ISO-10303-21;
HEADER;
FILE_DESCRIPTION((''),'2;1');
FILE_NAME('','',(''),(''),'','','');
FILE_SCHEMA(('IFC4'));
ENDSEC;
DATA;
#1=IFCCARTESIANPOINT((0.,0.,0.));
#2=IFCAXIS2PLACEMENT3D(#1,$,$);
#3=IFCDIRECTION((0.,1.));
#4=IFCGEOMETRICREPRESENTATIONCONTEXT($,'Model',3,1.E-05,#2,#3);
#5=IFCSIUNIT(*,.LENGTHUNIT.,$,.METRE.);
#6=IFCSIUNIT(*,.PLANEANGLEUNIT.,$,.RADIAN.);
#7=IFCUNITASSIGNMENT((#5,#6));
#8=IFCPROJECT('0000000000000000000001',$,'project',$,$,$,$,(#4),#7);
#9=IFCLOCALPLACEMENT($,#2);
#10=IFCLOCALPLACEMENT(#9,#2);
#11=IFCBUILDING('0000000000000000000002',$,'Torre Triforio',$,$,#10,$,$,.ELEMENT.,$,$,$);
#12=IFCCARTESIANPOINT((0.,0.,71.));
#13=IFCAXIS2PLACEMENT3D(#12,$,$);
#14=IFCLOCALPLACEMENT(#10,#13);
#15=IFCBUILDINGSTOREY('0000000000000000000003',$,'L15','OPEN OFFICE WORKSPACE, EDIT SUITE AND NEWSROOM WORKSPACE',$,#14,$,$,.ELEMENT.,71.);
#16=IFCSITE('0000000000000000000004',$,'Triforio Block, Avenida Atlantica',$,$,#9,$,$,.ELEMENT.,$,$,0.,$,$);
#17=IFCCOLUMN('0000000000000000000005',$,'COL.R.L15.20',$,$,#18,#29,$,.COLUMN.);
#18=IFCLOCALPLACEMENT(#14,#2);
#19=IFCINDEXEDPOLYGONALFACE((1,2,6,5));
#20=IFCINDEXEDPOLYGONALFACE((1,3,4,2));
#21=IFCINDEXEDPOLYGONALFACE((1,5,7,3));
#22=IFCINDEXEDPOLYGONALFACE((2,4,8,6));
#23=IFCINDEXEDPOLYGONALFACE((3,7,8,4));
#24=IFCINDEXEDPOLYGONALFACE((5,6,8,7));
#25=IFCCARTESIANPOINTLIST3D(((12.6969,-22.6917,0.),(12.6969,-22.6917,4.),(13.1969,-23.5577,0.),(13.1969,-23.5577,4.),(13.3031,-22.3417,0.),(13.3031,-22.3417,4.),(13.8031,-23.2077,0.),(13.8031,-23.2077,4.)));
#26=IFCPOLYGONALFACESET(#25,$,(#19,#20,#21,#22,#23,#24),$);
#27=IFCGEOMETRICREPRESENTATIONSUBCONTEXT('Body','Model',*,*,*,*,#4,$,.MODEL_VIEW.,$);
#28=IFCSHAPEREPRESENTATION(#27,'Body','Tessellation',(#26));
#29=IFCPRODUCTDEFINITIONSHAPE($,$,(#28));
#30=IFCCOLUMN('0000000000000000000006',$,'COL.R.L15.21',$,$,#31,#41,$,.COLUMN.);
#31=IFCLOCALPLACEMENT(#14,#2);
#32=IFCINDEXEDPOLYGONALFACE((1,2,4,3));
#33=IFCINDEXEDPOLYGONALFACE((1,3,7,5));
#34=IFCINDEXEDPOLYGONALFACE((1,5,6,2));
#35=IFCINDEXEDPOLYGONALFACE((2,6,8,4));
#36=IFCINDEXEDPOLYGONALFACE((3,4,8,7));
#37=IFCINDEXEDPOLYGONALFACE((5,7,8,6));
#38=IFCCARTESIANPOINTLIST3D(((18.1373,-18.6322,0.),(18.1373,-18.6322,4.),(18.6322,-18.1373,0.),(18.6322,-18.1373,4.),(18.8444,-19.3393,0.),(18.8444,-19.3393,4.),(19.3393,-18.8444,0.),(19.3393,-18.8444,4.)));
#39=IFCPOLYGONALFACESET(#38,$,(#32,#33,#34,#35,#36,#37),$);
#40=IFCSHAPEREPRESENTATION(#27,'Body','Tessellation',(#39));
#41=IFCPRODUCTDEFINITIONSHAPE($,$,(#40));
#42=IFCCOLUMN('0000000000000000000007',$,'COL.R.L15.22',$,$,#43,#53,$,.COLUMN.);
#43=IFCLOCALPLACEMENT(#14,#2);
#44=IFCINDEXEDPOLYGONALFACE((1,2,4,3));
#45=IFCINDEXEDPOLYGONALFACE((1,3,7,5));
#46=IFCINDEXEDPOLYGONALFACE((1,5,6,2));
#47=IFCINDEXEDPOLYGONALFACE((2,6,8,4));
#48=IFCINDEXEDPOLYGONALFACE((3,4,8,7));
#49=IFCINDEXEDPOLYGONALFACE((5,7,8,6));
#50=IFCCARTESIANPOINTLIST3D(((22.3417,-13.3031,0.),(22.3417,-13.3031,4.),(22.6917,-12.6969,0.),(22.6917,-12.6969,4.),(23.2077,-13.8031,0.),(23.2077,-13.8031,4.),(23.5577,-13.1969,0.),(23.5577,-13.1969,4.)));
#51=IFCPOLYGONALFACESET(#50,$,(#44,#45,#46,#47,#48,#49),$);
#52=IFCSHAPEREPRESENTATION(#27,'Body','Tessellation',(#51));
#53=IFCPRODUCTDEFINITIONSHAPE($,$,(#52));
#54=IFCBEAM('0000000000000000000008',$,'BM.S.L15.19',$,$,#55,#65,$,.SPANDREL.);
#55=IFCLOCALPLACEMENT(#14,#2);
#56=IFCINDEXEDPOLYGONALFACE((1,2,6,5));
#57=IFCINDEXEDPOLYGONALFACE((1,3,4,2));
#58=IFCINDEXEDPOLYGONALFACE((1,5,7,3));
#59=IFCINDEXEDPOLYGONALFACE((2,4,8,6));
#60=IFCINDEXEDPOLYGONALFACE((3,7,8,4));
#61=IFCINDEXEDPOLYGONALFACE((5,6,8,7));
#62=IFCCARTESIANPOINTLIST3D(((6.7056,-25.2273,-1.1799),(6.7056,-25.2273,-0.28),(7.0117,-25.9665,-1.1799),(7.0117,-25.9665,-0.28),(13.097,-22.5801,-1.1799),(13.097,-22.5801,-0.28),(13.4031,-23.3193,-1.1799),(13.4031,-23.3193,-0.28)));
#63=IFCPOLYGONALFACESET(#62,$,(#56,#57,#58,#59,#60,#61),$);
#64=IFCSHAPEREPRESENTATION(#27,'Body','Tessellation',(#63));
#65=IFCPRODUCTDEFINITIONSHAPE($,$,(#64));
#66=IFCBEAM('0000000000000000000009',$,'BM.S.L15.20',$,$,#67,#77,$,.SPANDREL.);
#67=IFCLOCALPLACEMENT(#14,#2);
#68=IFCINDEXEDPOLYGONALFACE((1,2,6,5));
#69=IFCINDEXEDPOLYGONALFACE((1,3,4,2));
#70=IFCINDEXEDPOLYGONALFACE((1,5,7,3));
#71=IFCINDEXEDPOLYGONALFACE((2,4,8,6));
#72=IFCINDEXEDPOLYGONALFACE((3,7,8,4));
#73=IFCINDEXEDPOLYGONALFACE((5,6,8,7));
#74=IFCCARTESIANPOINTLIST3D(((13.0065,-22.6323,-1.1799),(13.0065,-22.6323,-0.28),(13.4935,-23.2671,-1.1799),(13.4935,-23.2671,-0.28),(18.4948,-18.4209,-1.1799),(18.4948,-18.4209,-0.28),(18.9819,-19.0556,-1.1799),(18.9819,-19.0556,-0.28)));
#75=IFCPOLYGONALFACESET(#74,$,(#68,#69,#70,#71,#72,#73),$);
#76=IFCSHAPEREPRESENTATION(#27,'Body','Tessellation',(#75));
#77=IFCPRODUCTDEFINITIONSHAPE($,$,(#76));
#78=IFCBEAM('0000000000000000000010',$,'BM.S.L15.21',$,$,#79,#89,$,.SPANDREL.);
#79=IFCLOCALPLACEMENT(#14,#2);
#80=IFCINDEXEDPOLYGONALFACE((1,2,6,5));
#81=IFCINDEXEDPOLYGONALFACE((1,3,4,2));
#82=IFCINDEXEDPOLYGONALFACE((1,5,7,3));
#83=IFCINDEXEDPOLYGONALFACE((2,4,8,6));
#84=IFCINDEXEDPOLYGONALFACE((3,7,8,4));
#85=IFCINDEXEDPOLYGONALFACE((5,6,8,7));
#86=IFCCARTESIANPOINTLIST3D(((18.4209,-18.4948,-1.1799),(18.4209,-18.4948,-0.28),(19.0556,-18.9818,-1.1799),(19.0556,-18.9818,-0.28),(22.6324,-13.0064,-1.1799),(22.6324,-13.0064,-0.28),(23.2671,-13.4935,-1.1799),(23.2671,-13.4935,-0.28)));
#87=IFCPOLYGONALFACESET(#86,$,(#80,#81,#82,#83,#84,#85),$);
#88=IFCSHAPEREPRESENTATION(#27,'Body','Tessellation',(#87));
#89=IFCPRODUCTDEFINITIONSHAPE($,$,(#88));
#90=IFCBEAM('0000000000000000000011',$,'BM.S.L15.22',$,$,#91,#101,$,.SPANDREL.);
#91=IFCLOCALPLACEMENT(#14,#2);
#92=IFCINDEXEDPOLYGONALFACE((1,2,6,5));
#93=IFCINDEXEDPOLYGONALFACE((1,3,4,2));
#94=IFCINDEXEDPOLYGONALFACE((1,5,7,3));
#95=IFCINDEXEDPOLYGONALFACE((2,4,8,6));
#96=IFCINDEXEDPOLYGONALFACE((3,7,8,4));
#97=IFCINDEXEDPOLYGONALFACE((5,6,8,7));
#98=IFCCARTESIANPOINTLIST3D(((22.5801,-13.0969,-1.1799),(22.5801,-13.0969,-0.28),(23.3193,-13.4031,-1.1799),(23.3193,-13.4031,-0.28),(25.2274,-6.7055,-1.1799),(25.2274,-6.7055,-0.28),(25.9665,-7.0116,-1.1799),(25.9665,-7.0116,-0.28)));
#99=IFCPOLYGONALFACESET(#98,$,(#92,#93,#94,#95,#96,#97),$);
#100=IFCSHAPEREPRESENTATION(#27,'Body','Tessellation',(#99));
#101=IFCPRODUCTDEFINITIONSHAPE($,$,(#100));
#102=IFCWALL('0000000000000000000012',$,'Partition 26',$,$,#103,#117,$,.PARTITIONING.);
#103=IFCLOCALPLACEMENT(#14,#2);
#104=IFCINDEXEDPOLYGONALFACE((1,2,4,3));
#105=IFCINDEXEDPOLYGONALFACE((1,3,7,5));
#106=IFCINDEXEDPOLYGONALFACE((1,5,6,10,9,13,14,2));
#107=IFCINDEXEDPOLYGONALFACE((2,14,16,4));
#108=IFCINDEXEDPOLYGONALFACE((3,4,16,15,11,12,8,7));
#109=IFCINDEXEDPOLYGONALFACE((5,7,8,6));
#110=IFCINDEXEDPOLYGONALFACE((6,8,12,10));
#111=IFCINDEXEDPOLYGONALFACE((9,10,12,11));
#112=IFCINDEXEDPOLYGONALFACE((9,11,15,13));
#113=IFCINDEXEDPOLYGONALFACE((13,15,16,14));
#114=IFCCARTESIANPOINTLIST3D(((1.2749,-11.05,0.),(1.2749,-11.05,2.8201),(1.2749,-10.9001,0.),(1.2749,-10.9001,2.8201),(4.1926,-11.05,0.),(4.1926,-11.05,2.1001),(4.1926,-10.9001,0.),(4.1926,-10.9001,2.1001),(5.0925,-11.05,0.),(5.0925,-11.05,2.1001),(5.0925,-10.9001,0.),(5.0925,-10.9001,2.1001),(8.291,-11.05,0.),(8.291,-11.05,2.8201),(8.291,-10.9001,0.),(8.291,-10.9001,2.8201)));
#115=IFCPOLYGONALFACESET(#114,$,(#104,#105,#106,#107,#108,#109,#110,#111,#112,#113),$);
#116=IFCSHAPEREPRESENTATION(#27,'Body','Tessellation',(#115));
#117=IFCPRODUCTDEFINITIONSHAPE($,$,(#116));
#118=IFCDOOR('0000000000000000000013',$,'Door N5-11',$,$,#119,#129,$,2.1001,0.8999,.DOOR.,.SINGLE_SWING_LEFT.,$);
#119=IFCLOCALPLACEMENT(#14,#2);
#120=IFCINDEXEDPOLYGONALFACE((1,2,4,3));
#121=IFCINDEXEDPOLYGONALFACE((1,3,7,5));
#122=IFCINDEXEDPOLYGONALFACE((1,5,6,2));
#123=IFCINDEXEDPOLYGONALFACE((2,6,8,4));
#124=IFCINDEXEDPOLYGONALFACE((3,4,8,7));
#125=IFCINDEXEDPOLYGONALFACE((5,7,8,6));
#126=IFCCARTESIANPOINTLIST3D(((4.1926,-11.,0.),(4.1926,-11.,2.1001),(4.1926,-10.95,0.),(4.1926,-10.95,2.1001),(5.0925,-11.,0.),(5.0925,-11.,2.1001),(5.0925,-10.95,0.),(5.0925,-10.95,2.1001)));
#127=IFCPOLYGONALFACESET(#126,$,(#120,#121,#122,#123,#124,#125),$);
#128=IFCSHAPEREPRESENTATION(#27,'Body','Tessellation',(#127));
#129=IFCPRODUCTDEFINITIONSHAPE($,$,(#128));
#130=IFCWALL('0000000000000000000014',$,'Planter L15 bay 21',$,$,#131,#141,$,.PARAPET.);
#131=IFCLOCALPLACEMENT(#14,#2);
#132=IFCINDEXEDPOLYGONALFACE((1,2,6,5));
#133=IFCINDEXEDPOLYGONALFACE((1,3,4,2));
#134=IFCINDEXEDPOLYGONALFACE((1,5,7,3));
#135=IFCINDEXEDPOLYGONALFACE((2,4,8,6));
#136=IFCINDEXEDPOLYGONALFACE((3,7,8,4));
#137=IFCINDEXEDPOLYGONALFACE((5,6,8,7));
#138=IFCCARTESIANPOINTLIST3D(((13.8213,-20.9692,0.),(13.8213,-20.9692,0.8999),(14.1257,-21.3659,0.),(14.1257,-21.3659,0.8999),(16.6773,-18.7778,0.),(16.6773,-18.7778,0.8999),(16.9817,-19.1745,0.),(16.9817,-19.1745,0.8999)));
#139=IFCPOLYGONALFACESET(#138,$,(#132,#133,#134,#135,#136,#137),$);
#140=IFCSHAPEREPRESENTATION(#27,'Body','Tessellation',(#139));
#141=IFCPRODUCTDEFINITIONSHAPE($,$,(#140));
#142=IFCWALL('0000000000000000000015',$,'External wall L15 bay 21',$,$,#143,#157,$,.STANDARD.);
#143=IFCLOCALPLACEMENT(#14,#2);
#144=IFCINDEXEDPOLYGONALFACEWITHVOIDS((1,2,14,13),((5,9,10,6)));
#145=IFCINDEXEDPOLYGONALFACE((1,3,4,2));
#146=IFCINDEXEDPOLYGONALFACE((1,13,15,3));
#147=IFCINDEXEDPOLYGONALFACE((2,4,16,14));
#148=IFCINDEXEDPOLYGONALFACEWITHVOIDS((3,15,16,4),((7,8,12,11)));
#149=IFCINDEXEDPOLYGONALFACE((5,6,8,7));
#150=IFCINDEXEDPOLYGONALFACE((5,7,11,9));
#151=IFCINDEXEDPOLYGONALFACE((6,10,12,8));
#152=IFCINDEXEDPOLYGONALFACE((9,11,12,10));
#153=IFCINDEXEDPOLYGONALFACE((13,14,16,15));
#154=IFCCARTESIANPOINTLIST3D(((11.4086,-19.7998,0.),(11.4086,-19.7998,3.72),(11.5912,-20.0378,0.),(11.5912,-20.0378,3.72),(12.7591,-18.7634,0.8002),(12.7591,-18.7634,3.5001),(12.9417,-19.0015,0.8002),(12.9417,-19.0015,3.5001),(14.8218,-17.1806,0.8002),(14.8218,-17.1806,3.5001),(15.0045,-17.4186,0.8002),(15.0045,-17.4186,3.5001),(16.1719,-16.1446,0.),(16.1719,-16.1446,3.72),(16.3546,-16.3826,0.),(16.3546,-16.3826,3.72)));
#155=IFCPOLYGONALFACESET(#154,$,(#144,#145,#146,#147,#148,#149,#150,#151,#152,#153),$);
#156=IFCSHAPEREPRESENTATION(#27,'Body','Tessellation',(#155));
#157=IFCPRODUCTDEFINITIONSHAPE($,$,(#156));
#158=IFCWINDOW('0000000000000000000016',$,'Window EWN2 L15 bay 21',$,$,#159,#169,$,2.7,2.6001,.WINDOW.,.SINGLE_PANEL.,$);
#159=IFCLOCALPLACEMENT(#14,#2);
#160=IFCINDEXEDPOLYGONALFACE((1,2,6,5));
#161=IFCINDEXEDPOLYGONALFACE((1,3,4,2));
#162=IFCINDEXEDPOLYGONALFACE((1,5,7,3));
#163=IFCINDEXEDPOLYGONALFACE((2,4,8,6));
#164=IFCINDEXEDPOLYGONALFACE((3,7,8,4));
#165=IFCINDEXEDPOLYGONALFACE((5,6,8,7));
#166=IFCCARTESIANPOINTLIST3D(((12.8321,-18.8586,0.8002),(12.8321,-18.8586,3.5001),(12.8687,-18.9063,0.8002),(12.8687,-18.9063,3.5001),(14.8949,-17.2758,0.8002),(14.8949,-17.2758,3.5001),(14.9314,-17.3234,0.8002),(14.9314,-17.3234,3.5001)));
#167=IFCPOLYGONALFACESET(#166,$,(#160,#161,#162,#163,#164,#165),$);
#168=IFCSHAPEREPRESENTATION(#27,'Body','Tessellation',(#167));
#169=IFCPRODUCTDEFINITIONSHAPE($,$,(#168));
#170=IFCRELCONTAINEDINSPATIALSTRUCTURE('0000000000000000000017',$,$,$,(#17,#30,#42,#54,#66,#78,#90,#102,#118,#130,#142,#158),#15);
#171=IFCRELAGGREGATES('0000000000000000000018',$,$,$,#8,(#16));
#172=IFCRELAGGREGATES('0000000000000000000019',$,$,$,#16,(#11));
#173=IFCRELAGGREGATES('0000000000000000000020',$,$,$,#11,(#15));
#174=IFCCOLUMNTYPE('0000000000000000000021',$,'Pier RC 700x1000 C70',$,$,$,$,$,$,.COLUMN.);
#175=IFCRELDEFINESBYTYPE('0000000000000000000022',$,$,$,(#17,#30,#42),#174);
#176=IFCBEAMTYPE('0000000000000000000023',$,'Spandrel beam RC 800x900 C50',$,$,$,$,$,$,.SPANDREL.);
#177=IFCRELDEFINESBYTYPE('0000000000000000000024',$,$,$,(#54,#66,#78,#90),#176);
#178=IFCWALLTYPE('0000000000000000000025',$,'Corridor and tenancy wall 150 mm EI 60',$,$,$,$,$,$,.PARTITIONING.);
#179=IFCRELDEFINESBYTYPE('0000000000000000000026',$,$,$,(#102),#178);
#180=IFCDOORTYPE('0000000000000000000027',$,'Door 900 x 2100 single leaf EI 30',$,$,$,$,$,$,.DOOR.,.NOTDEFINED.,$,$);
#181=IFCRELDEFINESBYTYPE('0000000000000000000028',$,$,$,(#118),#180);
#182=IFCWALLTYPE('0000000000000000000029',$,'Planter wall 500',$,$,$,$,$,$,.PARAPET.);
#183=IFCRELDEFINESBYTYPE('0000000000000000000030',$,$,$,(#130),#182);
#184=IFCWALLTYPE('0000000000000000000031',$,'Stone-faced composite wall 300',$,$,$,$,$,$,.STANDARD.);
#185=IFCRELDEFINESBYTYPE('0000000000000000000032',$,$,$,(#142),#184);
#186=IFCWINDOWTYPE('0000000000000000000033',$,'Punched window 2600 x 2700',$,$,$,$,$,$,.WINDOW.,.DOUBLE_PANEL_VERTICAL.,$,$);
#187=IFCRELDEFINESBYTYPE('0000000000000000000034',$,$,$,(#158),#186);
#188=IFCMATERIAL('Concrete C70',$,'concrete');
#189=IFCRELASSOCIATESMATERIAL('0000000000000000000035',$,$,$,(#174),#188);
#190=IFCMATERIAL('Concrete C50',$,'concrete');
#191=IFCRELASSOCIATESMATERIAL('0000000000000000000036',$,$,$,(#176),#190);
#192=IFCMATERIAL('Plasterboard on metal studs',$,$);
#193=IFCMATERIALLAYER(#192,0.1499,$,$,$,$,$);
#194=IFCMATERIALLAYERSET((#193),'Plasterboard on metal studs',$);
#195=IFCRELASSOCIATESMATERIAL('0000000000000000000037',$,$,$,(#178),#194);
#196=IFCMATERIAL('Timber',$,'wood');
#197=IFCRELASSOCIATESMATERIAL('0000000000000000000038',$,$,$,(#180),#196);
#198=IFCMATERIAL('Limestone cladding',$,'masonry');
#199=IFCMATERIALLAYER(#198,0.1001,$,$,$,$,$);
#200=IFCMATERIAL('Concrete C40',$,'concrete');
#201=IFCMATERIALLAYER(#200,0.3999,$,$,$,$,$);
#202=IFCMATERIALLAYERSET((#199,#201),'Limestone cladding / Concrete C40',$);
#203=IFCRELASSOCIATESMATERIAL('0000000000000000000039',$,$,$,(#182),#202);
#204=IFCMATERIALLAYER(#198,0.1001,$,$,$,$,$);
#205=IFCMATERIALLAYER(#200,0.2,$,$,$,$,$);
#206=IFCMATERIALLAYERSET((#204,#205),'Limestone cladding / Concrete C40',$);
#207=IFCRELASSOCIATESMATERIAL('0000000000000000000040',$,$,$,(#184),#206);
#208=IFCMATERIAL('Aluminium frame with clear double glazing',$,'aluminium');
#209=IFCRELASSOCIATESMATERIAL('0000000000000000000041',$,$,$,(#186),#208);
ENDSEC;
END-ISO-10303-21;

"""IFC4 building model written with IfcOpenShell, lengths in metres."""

from ifc_helpers import new_model, si_unit, direction, frame, frame_2d, origin, origin_2d, place, context, subcontext, project, spatial, rectangle, extrude, material, layer, layer_set, material_profile, profile_set, type_object, element, fill, save


model = new_model("IFC4")

# Units and contexts
model_context = context("Model", 3, precision=1e-05, world=origin(), true_north=direction((0.0, 1.0)))
body_context = subcontext(model_context, "Body", "Model", "MODEL_VIEW")
ifc_project = project(units=[si_unit("LENGTHUNIT", "METRE"), si_unit("PLANEANGLEUNIT", "RADIAN")], contexts=[model_context])

# Site, building, storey
site_placement = place(None, origin())
site = spatial("IfcSite", under=ifc_project, at=site_placement, Name="Triforio Block, Avenida Atlantica", CompositionType="ELEMENT", RefElevation=0.0)
building_placement = place(site_placement, origin())
building = spatial("IfcBuilding", under=site, at=building_placement, Name="Torre Triforio", CompositionType="ELEMENT")
storey_placement = place(building_placement, frame((0.0, 0.0, 71.0)))
storey = spatial("IfcBuildingStorey", under=building, at=storey_placement, Name="L15", Description="OPEN OFFICE WORKSPACE, EDIT SUITE AND NEWSROOM WORKSPACE", CompositionType="ELEMENT", Elevation=71.0)

# Columns
ifc_material_1 = material(Name="Concrete C70", Category="concrete")
ifc_material_profile_1 = material_profile(ifc_material_1, rectangle(XDim=0.7, YDim=1.0, at=origin_2d()), Name="RC 700x1000")
ifc_profile_set_1 = profile_set([ifc_material_profile_1], Name="Concrete C70")
column_type = type_object("IfcColumnType", Name="Pier RC 700x1000 C70", PredefinedType="COLUMN", material=ifc_profile_set_1)
for number, where, z_axis, x_axis, name in (
    (1, (13.25, -22.9497, 0.0), (0.0, 0.0, 1.0), (0.866025, 0.5, 0.0), "COL.R.L15.20"),
    (2, (18.7383, -18.7383, 0.0), (0.0, 0.0, 1.0), (0.707107, 0.707107, 0.0), "COL.R.L15.21"),
    (3, (22.9497, -13.25, 0.0), (0.0, 0.0, 1.0), (0.5, 0.866025, 0.0), "COL.R.L15.22"),
):
    element("IfcColumn", number, at=place(storey_placement, frame(where, z_axis=z_axis, x_axis=x_axis)), inside=storey, type_object=column_type, Name=name, PredefinedType="COLUMN", context=body_context, shape_type="SweptSolid", body=[
        extrude(rectangle(XDim=0.7, YDim=1.0, at=origin_2d()), origin(), (0.0, 0.0, 1.0), 4.0),
    ])

# Beams
ifc_material_2 = material(Name="Concrete C50", Category="concrete")
ifc_material_profile_2 = material_profile(ifc_material_2, rectangle(XDim=0.8, YDim=0.8999, at=origin_2d()), Name="RC 800x900")
ifc_profile_set_2 = profile_set([ifc_material_profile_2], Name="Concrete C50")
beam_type = type_object("IfcBeamType", Name="Spandrel beam RC 800x900 C50", PredefinedType="SPANDREL", material=ifc_profile_set_2)
for number, where, z_axis, x_axis, name in (
    (4, (6.8586, -25.5969, -0.73), (0.923888, 0.382662, 0.0), (-0.382662, 0.923888, 0.0), "BM.S.L15.19"),
    (5, (13.25, -22.9497, -0.73), (0.793345, 0.608772, 0.0), (-0.608772, 0.793345, 0.0), "BM.S.L15.20"),
    (6, (18.7383, -18.7383, -0.73), (0.608772, 0.793345, 0.0), (-0.793345, 0.608772, 0.0), "BM.S.L15.21"),
    (7, (22.9497, -13.25, -0.73), (0.382662, 0.923888, 0.0), (-0.923888, 0.382662, 0.0), "BM.S.L15.22"),
):
    element("IfcBeam", number, at=place(storey_placement, frame(where, z_axis=z_axis, x_axis=x_axis)), inside=storey, type_object=beam_type, Name=name, PredefinedType="SPANDREL", context=body_context, shape_type="SweptSolid", body=[
        extrude(rectangle(XDim=0.8, YDim=0.8999, at=origin_2d()), origin(), (0.0, 0.0, 1.0), 6.918),
    ])

# Wall, opening, door
ifc_material_3 = material(Name="Plasterboard on metal studs")
ifc_layer_1 = layer(ifc_material_3, 0.1499)
ifc_layer_set_1 = layer_set([ifc_layer_1], Name="Plasterboard on metal studs")
wall_type_1 = type_object("IfcWallType", Name="Corridor and tenancy wall 150 mm EI 60", PredefinedType="PARTITIONING", material=ifc_layer_set_1)
wall_1_placement = place(storey_placement, frame((8.291, -10.9751, 0.0), z_axis=(0.0, 0.0, 1.0), x_axis=(-1.0, 0.0, 0.0)))
wall_1 = element("IfcWall", 8, at=wall_1_placement, inside=storey, type_object=wall_type_1, Name="Partition 26", PredefinedType="PARTITIONING", context=body_context, shape_type="SweptSolid", body=[
    extrude(rectangle(XDim=7.0161, YDim=0.1499, at=frame_2d((3.5081, 0.0))), origin(), (0.0, 0.0, 1.0), 2.8201),
])
opening_1_placement = place(wall_1_placement, frame((3.1985, 0.0, 0.0)))
opening_1 = element("IfcOpeningElement", 9, at=opening_1_placement, cuts=wall_1, PredefinedType="OPENING", context=body_context, shape_type="SweptSolid", body=[
    extrude(rectangle(XDim=0.8999, YDim=2.1001, at=frame_2d((0.45, 1.05))), frame((0.0, 0.085, 0.0), z_axis=(0.0, -1.0, 0.0), x_axis=(1.0, 0.0, 0.0)), (0.0, 0.0, 1.0), 0.1699),
])
ifc_material_4 = material(Name="Timber", Category="wood")
door_type_1 = type_object("IfcDoorType", Name="Door 900 x 2100 single leaf EI 30", OperationType="NOTDEFINED", PredefinedType="DOOR", material=ifc_material_4)
door_1_placement = place(opening_1_placement, origin())
door_1 = element("IfcDoor", 10, at=door_1_placement, inside=storey, type_object=door_type_1, Name="Door N5-11", OperationType="SINGLE_SWING_LEFT", OverallHeight=2.1001, OverallWidth=0.8999, PredefinedType="DOOR", context=body_context, shape_type="SweptSolid", body=[
    extrude(rectangle(XDim=0.8999, YDim=2.1001, at=frame_2d((0.45, 1.05))), frame((0.0, 0.0249, 0.0), z_axis=(0.0, -1.0, 0.0), x_axis=(1.0, 0.0, 0.0)), (0.0, 0.0, 1.0), 0.05),
])
fill(opening_1, door_1)

# Wall
ifc_material_5 = material(Name="Limestone cladding", Category="masonry")
ifc_layer_2 = layer(ifc_material_5, 0.1001)
ifc_material_6 = material(Name="Concrete C40", Category="concrete")
ifc_layer_3 = layer(ifc_material_6, 0.3999)
ifc_layer_set_2 = layer_set([ifc_layer_2, ifc_layer_3], Name="Limestone cladding / Concrete C40")
wall_type_2 = type_object("IfcWallType", Name="Planter wall 500", PredefinedType="PARAPET", material=ifc_layer_set_2)
wall_2_placement = place(storey_placement, frame((13.9736, -21.1675, 0.0), z_axis=(0.0, 0.0, 1.0), x_axis=(0.79336, 0.608753, 0.0)))
element("IfcWall", 11, at=wall_2_placement, inside=storey, type_object=wall_type_2, Name="Planter L15 bay 21", PredefinedType="PARAPET", context=body_context, shape_type="SweptSolid", body=[
    extrude(rectangle(XDim=3.5999, YDim=0.5, at=frame_2d((1.7998, 0.0))), origin(), (0.0, 0.0, 1.0), 0.8999),
])

# Wall, opening, window
ifc_layer_4 = layer(ifc_material_5, 0.1001)
ifc_layer_5 = layer(ifc_material_6, 0.2)
ifc_layer_set_3 = layer_set([ifc_layer_4, ifc_layer_5], Name="Limestone cladding / Concrete C40")
wall_type_3 = type_object("IfcWallType", Name="Stone-faced composite wall 300", PredefinedType="STANDARD", material=ifc_layer_set_3)
wall_3_placement = place(storey_placement, frame((11.5, -19.9187, 0.0), z_axis=(0.0, 0.0, 1.0), x_axis=(0.79334, 0.608779, 0.0)))
wall_3 = element("IfcWall", 12, at=wall_3_placement, inside=storey, type_object=wall_type_3, Name="External wall L15 bay 21", PredefinedType="STANDARD", context=body_context, shape_type="SweptSolid", body=[
    extrude(rectangle(XDim=6.0042, YDim=0.3, at=frame_2d((3.002, 0.0))), origin(), (0.0, 0.0, 1.0), 3.72),
])
opening_2_placement = place(wall_3_placement, frame((1.7021, 0.0, 0.8)))
opening_2 = element("IfcOpeningElement", 13, at=opening_2_placement, cuts=wall_3, PredefinedType="OPENING", context=body_context, shape_type="SweptSolid", body=[
    extrude(rectangle(XDim=2.6001, YDim=2.7, at=frame_2d((1.3, 1.3501))), frame((0.0, 0.1599, 0.0), z_axis=(0.0, -1.0, 0.0), x_axis=(1.0, 0.0, 0.0)), (0.0, 0.0, 1.0), 0.3201),
])
ifc_material_7 = material(Name="Aluminium frame with clear double glazing", Category="aluminium")
window_type_1 = type_object("IfcWindowType", Name="Punched window 2600 x 2700", PartitioningType="DOUBLE_PANEL_VERTICAL", PredefinedType="WINDOW", material=ifc_material_7)
window_1_placement = place(opening_2_placement, origin())
window_1 = element("IfcWindow", 14, at=window_1_placement, inside=storey, type_object=window_type_1, Name="Window EWN2 L15 bay 21", OverallHeight=2.7, OverallWidth=2.6001, PartitioningType="SINGLE_PANEL", PredefinedType="WINDOW", context=body_context, shape_type="SweptSolid", body=[
    extrude(rectangle(XDim=2.6001, YDim=2.7, at=frame_2d((1.3, 1.3501))), frame((0.0, 0.03, 0.0), z_axis=(0.0, -1.0, 0.0), x_axis=(1.0, 0.0, 0.0)), (0.0, 0.0, 1.0), 0.0601),
])
fill(opening_2, window_1)

save(model, "model.ifc")
